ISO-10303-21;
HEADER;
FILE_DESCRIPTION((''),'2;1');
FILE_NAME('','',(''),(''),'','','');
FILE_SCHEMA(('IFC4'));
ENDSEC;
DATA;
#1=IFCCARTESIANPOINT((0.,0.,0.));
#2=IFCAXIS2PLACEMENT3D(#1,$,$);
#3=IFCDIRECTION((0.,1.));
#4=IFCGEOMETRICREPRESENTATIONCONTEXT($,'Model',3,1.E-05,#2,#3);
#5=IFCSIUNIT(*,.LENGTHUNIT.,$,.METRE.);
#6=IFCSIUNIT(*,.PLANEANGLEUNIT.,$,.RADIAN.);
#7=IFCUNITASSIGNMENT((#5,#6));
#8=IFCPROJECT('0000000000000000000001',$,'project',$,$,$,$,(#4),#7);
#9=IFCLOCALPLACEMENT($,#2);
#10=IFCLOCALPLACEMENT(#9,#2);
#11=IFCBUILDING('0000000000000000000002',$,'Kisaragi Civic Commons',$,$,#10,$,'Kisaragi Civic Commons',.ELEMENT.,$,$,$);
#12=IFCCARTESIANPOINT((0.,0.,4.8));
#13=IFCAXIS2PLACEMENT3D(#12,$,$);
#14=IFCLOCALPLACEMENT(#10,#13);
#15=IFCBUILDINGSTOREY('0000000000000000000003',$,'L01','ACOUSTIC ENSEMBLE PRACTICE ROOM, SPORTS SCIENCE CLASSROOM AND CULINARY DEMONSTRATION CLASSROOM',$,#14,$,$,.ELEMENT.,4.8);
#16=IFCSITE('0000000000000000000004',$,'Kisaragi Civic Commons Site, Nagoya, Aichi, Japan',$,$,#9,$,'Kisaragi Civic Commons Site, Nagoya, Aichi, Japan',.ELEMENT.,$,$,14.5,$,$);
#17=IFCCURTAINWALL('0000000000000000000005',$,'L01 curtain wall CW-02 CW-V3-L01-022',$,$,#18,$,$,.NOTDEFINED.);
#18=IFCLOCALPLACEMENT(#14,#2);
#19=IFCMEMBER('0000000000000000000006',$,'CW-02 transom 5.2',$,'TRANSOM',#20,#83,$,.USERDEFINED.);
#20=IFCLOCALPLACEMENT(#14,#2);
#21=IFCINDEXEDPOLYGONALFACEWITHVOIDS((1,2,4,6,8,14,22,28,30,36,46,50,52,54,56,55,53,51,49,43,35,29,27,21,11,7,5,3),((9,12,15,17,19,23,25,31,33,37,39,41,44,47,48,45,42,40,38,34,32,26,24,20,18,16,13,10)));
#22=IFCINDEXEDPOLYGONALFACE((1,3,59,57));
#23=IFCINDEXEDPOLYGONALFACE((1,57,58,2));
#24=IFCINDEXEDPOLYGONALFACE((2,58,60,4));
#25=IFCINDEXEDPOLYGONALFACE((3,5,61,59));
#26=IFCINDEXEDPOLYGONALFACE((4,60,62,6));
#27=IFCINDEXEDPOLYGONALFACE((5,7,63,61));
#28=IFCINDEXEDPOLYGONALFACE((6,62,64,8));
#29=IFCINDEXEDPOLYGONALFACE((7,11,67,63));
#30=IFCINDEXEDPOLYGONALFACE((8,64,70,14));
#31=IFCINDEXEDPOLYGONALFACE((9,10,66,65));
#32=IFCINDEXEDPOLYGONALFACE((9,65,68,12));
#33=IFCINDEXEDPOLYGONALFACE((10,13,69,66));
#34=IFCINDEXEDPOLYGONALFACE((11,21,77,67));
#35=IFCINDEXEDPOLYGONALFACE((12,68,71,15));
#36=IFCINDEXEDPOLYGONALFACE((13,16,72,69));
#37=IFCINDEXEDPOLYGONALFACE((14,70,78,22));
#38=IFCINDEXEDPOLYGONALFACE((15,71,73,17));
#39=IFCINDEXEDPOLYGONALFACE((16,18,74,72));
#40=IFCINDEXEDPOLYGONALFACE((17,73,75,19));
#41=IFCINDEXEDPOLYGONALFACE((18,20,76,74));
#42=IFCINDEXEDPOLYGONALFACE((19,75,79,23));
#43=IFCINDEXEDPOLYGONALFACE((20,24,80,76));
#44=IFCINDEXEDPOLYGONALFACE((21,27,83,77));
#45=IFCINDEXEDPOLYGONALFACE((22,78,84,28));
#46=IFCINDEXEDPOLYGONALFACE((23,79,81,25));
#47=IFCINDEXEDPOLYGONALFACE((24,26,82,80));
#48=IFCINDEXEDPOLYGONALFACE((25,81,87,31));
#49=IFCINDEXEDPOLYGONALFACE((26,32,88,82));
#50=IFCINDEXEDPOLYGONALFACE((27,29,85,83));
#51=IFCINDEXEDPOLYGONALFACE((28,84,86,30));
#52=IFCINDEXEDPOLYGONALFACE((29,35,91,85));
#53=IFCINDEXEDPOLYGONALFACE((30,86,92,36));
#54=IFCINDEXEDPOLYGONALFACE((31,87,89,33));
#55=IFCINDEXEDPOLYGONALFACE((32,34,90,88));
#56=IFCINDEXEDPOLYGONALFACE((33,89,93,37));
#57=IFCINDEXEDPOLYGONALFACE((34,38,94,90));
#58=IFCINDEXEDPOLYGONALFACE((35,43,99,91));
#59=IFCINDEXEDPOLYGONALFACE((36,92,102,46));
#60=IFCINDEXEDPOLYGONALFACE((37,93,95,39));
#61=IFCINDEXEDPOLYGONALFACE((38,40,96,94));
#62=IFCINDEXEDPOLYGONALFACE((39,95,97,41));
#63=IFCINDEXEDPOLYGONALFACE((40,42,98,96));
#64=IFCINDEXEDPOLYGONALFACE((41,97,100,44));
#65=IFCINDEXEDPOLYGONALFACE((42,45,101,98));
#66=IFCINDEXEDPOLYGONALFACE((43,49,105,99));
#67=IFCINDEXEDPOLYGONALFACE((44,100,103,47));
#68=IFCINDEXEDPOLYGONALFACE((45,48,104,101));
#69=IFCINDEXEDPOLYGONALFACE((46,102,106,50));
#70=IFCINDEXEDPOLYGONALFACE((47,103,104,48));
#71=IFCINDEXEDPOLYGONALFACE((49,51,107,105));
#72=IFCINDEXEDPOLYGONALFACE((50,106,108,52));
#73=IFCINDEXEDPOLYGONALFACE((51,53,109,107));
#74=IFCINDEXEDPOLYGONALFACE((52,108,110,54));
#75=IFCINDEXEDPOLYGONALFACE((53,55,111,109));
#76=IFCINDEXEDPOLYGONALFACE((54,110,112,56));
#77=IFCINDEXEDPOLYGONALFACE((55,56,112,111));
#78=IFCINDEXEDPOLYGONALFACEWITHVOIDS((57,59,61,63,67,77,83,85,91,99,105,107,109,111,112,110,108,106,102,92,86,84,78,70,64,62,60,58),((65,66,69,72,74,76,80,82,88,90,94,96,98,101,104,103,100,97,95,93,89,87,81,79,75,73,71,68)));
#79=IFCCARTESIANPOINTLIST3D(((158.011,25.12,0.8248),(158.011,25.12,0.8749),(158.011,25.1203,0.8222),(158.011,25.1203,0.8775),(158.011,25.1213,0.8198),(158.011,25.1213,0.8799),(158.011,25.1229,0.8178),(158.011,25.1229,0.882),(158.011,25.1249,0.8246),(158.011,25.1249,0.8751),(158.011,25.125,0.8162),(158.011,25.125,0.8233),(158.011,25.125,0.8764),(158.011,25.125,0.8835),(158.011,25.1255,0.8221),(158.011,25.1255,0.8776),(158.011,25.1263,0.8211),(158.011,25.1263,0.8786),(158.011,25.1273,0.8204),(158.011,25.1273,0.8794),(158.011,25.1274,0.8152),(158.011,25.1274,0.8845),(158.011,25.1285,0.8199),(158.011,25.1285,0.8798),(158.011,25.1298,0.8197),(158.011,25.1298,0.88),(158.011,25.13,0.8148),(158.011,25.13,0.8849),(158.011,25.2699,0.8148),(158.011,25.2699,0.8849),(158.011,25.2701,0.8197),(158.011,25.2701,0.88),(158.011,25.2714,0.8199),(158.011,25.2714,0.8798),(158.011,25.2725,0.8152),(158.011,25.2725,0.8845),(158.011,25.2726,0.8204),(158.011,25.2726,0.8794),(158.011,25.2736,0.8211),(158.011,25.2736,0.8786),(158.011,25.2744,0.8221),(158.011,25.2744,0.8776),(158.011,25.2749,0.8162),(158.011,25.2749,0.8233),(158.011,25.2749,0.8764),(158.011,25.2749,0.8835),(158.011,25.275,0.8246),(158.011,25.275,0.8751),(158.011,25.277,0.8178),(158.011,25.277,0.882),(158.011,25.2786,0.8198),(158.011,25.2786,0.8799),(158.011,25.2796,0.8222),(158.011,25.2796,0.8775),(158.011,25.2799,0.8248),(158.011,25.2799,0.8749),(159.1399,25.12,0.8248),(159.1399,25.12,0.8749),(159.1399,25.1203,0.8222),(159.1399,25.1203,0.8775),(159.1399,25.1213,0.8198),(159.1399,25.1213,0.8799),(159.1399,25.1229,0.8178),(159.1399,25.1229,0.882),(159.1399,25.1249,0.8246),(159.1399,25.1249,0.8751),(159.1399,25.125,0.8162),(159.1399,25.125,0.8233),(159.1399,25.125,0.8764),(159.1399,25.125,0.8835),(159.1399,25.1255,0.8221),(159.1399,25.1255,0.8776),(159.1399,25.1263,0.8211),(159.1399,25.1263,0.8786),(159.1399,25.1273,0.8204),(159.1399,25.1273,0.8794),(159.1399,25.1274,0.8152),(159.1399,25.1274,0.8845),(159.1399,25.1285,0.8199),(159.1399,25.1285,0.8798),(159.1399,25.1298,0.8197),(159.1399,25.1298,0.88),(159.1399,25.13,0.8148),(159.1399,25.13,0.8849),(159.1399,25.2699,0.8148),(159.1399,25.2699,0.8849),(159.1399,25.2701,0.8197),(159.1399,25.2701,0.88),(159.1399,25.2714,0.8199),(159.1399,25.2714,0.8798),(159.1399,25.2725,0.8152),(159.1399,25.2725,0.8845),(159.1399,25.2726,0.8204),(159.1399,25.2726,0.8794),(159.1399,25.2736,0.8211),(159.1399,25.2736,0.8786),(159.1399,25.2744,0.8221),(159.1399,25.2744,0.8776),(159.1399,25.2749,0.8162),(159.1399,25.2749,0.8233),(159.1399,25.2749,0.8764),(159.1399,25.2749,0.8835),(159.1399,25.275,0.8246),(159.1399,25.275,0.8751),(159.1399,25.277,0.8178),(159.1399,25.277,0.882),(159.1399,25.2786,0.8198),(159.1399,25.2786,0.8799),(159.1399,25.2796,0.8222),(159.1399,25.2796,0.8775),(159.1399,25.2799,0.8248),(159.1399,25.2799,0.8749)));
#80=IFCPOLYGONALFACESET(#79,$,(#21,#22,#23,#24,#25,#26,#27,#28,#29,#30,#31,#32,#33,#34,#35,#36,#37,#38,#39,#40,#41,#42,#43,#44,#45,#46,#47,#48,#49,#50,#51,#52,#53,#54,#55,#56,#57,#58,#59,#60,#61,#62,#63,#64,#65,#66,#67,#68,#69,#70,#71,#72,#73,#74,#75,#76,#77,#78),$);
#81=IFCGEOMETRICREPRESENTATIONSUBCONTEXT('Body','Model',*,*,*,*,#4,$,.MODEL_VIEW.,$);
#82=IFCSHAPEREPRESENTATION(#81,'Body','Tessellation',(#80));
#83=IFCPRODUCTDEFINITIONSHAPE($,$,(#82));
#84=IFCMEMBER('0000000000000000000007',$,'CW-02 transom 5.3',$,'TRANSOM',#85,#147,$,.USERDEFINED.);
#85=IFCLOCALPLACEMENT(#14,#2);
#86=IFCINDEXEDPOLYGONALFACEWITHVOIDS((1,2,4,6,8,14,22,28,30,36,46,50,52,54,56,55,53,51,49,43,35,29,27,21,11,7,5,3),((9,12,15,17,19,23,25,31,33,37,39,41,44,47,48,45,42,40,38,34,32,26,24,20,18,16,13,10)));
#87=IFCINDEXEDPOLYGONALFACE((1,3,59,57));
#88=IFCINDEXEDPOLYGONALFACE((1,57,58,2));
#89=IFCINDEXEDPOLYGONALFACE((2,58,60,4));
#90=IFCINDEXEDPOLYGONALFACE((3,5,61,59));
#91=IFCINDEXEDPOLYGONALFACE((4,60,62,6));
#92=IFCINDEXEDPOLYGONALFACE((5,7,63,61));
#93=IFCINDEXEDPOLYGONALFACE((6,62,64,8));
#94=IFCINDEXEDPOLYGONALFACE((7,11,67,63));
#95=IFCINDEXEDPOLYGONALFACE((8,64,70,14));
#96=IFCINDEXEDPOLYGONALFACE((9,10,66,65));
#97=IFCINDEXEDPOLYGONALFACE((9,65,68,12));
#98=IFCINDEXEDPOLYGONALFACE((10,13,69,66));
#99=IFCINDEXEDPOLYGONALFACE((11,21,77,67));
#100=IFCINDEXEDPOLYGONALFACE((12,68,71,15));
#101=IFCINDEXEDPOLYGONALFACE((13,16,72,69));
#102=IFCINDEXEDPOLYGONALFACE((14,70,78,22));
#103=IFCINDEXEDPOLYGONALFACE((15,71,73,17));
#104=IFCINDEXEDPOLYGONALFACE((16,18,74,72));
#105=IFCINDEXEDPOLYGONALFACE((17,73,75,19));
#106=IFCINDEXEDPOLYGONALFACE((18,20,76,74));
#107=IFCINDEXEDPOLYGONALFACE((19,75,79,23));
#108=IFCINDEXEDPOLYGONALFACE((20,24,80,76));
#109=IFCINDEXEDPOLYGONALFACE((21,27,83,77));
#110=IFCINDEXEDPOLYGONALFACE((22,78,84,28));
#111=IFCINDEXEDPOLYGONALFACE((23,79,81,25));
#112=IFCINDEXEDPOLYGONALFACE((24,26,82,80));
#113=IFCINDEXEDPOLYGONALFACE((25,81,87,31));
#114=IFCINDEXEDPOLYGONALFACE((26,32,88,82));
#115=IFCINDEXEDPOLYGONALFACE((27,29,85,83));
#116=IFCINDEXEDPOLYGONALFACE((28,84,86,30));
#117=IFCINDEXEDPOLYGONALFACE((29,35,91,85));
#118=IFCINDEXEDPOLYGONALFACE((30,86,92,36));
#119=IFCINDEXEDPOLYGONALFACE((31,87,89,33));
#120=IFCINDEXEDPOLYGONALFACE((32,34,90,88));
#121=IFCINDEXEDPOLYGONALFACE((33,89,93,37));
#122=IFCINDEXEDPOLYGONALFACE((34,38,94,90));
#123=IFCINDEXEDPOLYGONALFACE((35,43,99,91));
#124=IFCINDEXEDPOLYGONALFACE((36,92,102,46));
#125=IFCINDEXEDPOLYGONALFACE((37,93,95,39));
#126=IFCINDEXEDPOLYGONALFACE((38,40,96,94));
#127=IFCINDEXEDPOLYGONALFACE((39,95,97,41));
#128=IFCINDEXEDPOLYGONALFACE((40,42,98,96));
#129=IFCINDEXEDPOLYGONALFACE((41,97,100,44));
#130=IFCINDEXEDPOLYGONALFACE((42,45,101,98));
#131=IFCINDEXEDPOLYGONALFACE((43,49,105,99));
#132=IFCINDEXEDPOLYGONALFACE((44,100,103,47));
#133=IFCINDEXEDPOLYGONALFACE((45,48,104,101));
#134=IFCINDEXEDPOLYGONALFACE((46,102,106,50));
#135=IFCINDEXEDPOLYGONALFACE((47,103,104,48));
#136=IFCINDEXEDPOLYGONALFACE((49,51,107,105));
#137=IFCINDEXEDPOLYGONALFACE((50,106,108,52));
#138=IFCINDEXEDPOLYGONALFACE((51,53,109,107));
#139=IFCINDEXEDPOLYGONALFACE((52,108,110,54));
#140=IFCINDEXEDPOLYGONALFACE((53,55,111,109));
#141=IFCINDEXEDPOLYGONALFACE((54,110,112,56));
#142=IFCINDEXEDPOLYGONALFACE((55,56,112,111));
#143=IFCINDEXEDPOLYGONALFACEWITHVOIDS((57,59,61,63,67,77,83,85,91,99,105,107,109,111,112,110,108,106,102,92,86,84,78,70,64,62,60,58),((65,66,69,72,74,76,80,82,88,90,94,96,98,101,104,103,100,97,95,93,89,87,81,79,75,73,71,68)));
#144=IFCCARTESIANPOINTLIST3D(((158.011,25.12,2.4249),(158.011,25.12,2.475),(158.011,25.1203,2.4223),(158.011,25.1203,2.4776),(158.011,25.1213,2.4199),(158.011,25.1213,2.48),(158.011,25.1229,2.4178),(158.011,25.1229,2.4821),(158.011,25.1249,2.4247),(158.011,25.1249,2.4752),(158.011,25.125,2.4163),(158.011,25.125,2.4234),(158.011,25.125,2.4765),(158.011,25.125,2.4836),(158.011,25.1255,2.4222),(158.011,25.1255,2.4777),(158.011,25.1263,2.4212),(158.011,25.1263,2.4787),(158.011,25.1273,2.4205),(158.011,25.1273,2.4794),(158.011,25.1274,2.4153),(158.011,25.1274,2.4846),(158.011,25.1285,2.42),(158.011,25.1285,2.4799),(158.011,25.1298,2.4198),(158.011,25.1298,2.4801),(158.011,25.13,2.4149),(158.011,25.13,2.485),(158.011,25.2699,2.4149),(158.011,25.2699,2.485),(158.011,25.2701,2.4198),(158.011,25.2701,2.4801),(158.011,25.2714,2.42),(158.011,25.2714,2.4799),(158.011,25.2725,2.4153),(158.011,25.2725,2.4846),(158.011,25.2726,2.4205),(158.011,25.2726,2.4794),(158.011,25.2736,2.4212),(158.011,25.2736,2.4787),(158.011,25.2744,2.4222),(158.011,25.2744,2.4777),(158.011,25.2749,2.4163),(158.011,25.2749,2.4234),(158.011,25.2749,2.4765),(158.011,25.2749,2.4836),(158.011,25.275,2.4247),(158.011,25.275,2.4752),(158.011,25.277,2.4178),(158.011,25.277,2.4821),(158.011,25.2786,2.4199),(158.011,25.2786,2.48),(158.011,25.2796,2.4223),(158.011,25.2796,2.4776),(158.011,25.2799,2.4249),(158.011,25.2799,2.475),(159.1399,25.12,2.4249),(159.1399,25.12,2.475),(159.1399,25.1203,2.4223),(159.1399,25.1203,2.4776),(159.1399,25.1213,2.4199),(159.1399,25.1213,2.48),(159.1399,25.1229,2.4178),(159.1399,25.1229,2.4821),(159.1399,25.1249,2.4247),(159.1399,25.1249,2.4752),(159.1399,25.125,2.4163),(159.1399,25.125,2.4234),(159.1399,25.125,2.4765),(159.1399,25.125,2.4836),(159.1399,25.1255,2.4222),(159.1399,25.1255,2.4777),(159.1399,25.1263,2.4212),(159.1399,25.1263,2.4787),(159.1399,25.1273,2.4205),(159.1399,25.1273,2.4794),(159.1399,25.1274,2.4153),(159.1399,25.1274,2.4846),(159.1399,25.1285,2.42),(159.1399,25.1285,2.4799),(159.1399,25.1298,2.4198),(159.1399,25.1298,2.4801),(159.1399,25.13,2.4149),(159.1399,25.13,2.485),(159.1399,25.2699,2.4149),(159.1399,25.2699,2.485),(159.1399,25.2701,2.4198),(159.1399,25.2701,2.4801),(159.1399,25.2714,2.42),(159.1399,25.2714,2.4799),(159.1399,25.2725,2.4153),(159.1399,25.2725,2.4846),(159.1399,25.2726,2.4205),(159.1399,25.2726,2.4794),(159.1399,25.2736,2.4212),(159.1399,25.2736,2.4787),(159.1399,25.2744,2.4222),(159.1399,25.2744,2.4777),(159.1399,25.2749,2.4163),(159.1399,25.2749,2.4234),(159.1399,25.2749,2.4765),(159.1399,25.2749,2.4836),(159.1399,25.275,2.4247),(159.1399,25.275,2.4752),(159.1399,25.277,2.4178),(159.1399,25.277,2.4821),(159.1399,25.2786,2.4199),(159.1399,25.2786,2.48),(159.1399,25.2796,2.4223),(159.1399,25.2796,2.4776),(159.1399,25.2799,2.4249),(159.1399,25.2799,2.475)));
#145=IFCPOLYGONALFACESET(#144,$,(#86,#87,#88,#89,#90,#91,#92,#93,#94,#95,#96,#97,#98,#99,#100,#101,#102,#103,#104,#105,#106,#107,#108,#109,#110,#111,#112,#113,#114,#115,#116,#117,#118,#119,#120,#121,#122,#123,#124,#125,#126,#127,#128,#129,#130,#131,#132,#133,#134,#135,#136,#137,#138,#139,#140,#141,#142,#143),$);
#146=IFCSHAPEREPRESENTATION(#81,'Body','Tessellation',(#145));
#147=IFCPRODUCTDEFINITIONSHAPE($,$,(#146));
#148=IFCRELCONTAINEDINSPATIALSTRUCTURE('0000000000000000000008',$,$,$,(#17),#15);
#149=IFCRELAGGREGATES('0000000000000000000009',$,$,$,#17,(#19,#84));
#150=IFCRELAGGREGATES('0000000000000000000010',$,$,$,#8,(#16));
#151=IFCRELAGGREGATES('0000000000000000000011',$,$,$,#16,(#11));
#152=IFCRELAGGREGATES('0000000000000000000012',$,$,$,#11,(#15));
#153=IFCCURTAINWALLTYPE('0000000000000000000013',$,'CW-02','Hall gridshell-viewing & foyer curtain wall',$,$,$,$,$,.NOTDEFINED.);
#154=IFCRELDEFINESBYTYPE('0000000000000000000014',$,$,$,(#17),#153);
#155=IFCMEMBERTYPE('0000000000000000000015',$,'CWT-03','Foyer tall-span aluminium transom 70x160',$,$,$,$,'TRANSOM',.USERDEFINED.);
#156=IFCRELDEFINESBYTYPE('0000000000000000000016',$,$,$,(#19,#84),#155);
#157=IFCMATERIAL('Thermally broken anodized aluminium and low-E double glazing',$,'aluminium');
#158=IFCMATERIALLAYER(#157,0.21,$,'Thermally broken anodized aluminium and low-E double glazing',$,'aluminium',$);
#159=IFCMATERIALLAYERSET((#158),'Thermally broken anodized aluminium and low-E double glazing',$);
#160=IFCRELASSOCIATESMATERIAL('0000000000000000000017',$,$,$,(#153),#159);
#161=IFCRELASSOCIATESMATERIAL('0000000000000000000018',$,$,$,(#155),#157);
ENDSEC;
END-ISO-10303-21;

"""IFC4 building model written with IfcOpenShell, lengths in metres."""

from ifc_helpers import new_model, si_unit, direction, frame, origin, origin_2d, place, context, subcontext, project, spatial, hollow_rectangle, extrude, material, layer, layer_set, material_profile, profile_set, type_object, element, aggregate, save


model = new_model("IFC4")

# Units and contexts
model_context = context("Model", 3, precision=1e-05, world=origin(), true_north=direction((0.0, 1.0)))
body_context = subcontext(model_context, "Body", "Model", "MODEL_VIEW")
ifc_project = project(units=[si_unit("LENGTHUNIT", "METRE"), si_unit("PLANEANGLEUNIT", "RADIAN")], contexts=[model_context])

# Site, building, storey
site_placement = place(None, origin())
site = spatial("IfcSite", under=ifc_project, at=site_placement, Name="Kisaragi Civic Commons Site, Nagoya, Aichi, Japan", LongName="Kisaragi Civic Commons Site, Nagoya, Aichi, Japan", CompositionType="ELEMENT", RefElevation=14.5)
building_placement = place(site_placement, origin())
building = spatial("IfcBuilding", under=site, at=building_placement, Name="Kisaragi Civic Commons", LongName="Kisaragi Civic Commons", CompositionType="ELEMENT")
storey_placement = place(building_placement, frame((0.0, 0.0, 4.8)))
storey = spatial("IfcBuildingStorey", under=building, at=storey_placement, Name="L01", Description="ACOUSTIC ENSEMBLE PRACTICE ROOM, SPORTS SCIENCE CLASSROOM AND CULINARY DEMONSTRATION CLASSROOM", CompositionType="ELEMENT", Elevation=4.8)

# Curtain wall, members
ifc_material_1 = material(Name="Thermally broken anodized aluminium and low-E double glazing", Category="aluminium")
ifc_layer_1 = layer(ifc_material_1, 0.21, Name="Thermally broken anodized aluminium and low-E double glazing", Category="aluminium")
ifc_layer_set_1 = layer_set([ifc_layer_1], Name="Thermally broken anodized aluminium and low-E double glazing")
curtain_wall_type = type_object("IfcCurtainWallType", Name="CW-02", Description="Hall gridshell-viewing & foyer curtain wall", PredefinedType="NOTDEFINED", material=ifc_layer_set_1)
curtain_wall_placement = place(storey_placement, origin())
curtain_wall = element("IfcCurtainWall", 1, at=curtain_wall_placement, inside=storey, type_object=curtain_wall_type, Name="L01 curtain wall CW-02 CW-V3-L01-022", PredefinedType="NOTDEFINED")
ifc_material_profile_1 = material_profile(ifc_material_1, hollow_rectangle(XDim=0.1599, YDim=0.0701, WallThickness=0.0049, InnerFilletRadius=0.0049, OuterFilletRadius=0.01, at=origin_2d()), Name="CWT-70x160x5", Category="aluminium")
ifc_profile_set_1 = profile_set([ifc_material_profile_1], Name="Thermally broken anodized aluminium and low-E double glazing")
member_type_1 = type_object("IfcMemberType", Name="CWT-03", Description="Foyer tall-span aluminium transom 70x160", ElementType="TRANSOM", PredefinedType="USERDEFINED", material=ifc_profile_set_1)
member_1_placement = place(storey_placement, frame((158.011, 25.2, 0.8499), z_axis=(1.0, 0.0, 0.0), x_axis=(0.0, 1.0, 0.0)))
member_1 = element("IfcMember", 2, at=member_1_placement, type_object=member_type_1, Name="CW-02 transom 5.2", ObjectType="TRANSOM", PredefinedType="USERDEFINED", context=body_context, shape_type="SweptSolid", body=[
    extrude(hollow_rectangle(XDim=0.1599, YDim=0.0701, WallThickness=0.0049, InnerFilletRadius=0.0049, OuterFilletRadius=0.01, at=origin_2d()), origin(), (0.0, 0.0, 1.0), 1.1289),
])
member_2_placement = place(storey_placement, frame((158.011, 25.2, 2.45), z_axis=(1.0, 0.0, 0.0), x_axis=(0.0, 1.0, 0.0)))
member_2 = element("IfcMember", 3, at=member_2_placement, type_object=member_type_1, Name="CW-02 transom 5.3", ObjectType="TRANSOM", PredefinedType="USERDEFINED", context=body_context, shape_type="SweptSolid", body=[
    extrude(hollow_rectangle(XDim=0.1599, YDim=0.0701, WallThickness=0.0049, InnerFilletRadius=0.0049, OuterFilletRadius=0.01, at=origin_2d()), origin(), (0.0, 0.0, 1.0), 1.1289),
])
aggregate(curtain_wall, [member_1, member_2])

save(model, "model.ifc")
